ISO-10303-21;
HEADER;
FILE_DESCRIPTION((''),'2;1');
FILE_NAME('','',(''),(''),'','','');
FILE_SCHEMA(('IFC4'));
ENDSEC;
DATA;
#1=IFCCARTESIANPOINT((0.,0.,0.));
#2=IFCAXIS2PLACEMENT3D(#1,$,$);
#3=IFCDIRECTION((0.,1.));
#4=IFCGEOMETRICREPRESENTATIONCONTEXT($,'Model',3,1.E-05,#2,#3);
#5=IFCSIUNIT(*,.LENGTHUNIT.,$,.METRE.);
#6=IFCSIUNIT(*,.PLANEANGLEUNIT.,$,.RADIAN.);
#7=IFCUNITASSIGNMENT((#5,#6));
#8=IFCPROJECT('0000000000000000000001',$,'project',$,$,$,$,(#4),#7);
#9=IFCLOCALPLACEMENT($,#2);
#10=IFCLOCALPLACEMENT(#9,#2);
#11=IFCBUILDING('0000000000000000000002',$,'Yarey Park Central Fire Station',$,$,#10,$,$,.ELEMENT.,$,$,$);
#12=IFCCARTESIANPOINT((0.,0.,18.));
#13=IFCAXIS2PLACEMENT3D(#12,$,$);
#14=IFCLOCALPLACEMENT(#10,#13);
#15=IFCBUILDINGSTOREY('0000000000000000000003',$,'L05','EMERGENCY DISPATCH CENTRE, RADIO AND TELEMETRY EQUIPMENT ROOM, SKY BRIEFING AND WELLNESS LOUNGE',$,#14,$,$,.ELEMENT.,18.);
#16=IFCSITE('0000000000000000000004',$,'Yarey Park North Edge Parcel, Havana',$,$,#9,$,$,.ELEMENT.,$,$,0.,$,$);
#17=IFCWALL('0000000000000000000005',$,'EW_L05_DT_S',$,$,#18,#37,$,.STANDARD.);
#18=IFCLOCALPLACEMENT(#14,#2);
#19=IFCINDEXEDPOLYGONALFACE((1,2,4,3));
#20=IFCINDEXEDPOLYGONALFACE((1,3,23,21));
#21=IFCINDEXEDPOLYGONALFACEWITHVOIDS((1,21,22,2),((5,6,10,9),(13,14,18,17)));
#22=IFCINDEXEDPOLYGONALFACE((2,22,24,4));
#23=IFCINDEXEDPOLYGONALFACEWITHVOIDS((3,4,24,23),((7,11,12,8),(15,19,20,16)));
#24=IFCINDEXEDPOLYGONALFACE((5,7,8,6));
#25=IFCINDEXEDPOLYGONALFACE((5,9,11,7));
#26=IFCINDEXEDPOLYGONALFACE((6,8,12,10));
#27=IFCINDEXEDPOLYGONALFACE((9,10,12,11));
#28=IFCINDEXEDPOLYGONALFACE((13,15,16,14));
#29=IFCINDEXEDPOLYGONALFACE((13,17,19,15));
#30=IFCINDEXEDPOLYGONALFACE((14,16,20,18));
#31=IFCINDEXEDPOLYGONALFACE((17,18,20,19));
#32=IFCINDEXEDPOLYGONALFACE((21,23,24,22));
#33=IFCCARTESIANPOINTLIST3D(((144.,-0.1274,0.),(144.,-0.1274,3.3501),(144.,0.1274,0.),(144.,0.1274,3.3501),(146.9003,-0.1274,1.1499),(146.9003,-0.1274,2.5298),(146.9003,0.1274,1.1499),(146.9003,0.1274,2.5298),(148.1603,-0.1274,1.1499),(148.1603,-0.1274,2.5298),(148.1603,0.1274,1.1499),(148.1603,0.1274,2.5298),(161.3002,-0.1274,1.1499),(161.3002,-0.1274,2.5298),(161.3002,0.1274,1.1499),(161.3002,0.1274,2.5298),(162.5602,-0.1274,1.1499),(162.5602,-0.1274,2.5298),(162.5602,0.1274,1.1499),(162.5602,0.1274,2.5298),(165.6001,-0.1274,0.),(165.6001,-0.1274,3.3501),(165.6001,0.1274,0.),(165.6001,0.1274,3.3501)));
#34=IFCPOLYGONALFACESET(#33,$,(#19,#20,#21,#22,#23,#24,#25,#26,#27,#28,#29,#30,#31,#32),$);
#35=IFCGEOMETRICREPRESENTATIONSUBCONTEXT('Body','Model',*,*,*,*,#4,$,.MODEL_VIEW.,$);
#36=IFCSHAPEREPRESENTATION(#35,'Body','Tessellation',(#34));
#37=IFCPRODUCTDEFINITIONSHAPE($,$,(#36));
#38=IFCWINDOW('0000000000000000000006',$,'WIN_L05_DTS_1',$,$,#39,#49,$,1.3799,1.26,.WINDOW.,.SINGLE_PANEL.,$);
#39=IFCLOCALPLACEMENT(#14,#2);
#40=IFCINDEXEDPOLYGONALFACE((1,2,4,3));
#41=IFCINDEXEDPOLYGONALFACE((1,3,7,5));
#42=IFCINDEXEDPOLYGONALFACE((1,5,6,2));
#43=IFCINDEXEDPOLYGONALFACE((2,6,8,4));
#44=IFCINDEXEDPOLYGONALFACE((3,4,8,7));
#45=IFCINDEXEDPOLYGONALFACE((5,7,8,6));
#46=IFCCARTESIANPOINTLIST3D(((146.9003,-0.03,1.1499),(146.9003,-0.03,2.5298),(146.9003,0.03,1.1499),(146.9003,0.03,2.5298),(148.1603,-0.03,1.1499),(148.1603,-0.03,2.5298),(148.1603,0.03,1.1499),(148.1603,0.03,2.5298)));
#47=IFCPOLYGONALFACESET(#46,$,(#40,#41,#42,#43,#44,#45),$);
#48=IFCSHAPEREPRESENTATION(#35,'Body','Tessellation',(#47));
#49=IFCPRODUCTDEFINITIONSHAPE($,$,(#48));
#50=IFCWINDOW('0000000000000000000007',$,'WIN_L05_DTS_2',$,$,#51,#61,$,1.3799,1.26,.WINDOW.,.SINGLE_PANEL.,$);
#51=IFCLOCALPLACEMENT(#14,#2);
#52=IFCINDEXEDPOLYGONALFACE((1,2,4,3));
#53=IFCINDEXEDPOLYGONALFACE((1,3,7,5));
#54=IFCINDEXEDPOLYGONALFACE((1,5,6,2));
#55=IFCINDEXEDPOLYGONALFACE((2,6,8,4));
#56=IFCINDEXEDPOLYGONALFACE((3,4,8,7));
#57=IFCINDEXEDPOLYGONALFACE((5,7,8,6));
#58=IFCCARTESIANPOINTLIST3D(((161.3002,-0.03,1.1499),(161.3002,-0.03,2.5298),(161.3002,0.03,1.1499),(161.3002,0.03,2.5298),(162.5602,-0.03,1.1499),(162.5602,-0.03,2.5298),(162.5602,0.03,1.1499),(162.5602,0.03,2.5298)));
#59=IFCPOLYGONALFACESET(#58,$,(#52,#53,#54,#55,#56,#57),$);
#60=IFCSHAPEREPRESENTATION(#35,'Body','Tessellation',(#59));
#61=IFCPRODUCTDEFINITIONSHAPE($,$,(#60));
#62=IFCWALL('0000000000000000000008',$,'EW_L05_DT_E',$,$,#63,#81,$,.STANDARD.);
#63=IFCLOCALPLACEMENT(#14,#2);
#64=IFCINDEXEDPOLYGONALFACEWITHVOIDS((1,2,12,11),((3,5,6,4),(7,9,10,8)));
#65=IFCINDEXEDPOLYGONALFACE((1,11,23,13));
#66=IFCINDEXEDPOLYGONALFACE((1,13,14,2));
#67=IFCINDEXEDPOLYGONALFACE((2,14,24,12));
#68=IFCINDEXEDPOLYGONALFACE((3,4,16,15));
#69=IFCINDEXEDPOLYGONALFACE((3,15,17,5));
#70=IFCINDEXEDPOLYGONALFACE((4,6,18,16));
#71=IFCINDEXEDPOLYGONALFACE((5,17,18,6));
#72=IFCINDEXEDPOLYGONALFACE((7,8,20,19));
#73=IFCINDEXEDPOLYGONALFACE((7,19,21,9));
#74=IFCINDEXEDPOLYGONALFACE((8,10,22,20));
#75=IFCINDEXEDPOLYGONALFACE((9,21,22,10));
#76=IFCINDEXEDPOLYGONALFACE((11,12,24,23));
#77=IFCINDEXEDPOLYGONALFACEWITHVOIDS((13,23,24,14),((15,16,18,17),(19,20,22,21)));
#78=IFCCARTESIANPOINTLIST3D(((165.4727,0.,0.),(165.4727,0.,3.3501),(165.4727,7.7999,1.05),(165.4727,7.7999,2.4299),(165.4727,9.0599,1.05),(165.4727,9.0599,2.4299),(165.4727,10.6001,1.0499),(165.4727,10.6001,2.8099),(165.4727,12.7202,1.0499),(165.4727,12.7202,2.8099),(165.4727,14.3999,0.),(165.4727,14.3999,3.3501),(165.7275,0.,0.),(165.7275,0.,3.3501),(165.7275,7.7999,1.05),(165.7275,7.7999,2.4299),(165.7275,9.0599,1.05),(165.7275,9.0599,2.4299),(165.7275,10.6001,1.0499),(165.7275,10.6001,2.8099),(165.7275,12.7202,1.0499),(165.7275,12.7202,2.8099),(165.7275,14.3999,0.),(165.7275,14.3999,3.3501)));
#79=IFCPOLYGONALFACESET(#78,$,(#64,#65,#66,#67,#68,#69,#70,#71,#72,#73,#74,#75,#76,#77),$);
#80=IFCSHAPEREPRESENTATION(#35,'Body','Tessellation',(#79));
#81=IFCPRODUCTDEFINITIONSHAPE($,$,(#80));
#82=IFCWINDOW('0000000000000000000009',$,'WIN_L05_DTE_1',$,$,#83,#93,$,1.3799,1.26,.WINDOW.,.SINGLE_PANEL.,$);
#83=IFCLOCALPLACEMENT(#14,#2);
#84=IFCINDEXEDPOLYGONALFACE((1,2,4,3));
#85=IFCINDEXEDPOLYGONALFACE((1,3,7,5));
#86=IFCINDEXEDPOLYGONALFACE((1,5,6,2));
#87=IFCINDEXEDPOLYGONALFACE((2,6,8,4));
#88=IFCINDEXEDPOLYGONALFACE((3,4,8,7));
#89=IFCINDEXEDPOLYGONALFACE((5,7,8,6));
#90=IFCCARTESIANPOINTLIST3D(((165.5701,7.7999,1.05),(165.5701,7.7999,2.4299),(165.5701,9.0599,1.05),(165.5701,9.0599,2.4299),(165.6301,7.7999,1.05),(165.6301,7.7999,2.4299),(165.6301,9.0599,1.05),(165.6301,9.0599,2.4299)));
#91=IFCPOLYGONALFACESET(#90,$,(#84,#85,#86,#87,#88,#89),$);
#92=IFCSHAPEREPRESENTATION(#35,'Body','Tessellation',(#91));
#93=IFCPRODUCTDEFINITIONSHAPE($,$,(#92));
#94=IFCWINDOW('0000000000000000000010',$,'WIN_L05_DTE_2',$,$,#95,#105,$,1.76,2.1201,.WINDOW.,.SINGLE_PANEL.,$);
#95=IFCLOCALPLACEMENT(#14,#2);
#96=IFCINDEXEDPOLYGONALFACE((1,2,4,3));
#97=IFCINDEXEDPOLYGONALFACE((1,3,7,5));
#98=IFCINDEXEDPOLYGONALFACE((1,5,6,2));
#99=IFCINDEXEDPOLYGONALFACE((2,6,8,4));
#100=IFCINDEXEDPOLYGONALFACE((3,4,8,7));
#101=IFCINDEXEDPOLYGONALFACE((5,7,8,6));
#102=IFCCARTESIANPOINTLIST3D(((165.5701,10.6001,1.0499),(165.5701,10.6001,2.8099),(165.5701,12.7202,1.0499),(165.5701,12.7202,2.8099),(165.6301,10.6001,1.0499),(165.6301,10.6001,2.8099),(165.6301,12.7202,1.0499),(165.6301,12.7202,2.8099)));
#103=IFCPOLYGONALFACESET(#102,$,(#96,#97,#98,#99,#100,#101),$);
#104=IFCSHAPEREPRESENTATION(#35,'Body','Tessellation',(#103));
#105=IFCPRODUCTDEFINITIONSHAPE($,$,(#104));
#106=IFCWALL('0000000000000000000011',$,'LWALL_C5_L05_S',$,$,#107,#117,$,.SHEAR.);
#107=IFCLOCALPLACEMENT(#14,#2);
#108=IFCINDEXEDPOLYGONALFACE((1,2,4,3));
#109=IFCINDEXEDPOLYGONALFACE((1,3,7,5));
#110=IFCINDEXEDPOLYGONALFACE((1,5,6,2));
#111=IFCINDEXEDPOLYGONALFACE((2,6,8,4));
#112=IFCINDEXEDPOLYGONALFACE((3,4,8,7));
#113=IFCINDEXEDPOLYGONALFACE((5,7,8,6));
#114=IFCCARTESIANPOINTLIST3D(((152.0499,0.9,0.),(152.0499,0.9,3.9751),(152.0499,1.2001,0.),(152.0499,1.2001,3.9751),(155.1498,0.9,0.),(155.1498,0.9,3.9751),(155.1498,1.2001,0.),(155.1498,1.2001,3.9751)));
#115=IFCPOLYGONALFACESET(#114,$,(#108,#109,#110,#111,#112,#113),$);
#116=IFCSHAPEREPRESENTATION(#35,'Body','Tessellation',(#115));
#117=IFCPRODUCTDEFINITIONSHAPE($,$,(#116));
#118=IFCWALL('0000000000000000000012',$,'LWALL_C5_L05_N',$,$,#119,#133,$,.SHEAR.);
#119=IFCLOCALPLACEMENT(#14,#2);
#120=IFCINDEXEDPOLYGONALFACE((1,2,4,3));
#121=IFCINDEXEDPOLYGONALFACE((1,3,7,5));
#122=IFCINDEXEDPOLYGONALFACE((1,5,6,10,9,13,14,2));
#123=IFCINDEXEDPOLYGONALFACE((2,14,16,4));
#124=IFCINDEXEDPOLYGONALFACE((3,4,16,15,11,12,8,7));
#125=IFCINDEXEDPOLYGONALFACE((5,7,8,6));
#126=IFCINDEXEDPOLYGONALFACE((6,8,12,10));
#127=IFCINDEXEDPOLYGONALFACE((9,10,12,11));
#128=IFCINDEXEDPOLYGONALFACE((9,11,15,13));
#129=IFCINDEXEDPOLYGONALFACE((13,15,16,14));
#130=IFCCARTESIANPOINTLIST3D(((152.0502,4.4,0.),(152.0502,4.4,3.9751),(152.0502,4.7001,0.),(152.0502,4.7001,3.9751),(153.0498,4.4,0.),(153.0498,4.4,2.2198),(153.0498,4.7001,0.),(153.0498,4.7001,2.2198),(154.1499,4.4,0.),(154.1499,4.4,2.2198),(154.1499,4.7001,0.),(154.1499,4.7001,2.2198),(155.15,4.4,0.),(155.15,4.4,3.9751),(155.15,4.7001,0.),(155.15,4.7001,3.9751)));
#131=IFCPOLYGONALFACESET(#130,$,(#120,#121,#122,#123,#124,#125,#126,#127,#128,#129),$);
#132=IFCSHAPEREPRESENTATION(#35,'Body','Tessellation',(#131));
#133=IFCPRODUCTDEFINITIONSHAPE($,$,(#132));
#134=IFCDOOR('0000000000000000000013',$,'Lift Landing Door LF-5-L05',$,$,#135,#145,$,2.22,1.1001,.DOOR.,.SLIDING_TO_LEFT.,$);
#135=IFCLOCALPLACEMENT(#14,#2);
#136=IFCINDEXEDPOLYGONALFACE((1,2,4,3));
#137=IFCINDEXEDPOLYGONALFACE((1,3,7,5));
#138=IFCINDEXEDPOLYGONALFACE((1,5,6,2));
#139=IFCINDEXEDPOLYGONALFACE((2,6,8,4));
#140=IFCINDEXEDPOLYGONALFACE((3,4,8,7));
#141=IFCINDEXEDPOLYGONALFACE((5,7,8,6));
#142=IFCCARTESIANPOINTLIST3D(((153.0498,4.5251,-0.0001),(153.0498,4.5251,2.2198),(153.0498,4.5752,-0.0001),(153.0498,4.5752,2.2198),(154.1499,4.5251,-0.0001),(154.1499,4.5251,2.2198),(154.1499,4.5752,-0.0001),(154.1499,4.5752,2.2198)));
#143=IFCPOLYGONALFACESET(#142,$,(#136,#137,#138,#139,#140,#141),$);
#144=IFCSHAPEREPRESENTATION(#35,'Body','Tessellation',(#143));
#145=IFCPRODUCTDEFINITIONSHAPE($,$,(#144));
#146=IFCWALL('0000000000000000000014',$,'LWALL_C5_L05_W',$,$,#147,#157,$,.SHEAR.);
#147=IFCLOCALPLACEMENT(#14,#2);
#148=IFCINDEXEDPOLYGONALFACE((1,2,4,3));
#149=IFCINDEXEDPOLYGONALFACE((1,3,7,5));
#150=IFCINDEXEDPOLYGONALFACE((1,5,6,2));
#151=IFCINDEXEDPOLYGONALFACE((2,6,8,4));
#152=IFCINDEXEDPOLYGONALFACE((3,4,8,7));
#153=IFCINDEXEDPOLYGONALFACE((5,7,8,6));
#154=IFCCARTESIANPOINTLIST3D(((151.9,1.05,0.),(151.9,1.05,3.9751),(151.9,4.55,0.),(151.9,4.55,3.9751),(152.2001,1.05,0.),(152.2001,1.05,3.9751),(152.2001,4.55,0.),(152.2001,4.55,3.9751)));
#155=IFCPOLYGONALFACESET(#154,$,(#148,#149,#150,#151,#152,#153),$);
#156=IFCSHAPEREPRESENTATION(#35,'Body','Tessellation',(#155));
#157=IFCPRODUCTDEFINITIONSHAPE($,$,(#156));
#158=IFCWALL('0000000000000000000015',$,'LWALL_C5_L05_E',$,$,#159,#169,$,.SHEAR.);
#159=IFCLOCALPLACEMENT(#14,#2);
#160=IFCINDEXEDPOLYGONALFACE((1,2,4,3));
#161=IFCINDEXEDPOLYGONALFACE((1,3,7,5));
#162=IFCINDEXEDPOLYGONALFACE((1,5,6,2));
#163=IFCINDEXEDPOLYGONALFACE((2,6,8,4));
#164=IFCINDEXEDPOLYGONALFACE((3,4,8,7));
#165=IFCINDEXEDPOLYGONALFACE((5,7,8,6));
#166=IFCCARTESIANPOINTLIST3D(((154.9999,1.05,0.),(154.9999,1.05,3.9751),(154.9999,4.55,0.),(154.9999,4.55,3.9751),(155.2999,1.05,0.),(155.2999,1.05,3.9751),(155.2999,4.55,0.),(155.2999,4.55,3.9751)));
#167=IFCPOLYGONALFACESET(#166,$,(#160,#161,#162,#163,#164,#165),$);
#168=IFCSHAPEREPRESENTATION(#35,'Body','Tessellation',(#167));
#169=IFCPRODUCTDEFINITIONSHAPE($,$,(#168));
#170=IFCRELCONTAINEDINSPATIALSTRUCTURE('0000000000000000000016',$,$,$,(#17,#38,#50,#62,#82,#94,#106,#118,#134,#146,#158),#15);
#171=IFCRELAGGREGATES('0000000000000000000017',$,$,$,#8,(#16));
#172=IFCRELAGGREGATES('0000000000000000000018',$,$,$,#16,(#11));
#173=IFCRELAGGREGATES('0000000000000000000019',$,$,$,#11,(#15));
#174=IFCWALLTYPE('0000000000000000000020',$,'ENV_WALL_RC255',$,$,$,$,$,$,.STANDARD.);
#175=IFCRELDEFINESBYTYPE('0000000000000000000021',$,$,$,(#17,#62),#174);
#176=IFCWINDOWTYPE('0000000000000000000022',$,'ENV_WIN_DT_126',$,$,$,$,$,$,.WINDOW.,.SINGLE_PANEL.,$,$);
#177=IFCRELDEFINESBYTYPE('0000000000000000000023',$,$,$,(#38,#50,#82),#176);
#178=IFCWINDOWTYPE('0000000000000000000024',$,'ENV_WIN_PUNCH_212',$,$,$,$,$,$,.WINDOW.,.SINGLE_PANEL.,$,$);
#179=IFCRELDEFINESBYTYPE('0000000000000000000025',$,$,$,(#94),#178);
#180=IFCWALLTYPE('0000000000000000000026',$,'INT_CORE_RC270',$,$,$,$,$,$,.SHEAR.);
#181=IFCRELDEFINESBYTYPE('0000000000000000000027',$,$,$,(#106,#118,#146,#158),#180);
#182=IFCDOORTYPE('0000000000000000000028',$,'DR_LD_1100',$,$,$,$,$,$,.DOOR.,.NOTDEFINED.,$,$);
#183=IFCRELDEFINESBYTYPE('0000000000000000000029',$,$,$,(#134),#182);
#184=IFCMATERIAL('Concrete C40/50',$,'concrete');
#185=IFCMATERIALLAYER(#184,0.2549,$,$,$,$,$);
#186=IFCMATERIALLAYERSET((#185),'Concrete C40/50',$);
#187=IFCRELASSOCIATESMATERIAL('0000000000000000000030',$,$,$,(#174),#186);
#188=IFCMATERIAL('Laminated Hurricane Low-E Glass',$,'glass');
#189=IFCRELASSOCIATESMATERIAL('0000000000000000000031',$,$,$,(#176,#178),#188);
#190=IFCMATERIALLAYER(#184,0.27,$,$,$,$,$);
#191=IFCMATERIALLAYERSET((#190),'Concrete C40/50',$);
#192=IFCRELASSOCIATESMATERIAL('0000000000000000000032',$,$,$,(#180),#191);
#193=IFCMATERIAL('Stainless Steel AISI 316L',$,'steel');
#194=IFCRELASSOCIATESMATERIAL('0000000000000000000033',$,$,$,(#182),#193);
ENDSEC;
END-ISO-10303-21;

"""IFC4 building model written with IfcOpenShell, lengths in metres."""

from ifc_helpers import new_model, si_unit, direction, frame, frame_2d, origin, place, context, subcontext, project, spatial, rectangle, extrude, material, layer, layer_set, type_object, element, fill, save


model = new_model("IFC4")

# Units and contexts
model_context = context("Model", 3, precision=1e-05, world=origin(), true_north=direction((0.0, 1.0)))
body_context = subcontext(model_context, "Body", "Model", "MODEL_VIEW")
ifc_project = project(units=[si_unit("LENGTHUNIT", "METRE"), si_unit("PLANEANGLEUNIT", "RADIAN")], contexts=[model_context])

# Site, building, storey
site_placement = place(None, origin())
site = spatial("IfcSite", under=ifc_project, at=site_placement, Name="Yarey Park North Edge Parcel, Havana", CompositionType="ELEMENT", RefElevation=0.0)
building_placement = place(site_placement, origin())
building = spatial("IfcBuilding", under=site, at=building_placement, Name="Yarey Park Central Fire Station", CompositionType="ELEMENT")
storey_placement = place(building_placement, frame((0.0, 0.0, 18.0)))
storey = spatial("IfcBuildingStorey", under=building, at=storey_placement, Name="L05", Description="EMERGENCY DISPATCH CENTRE, RADIO AND TELEMETRY EQUIPMENT ROOM, SKY BRIEFING AND WELLNESS LOUNGE", CompositionType="ELEMENT", Elevation=18.0)

# Walls, openings, windows
ifc_material_1 = material(Name="Concrete C40/50", Category="concrete")
ifc_layer_1 = layer(ifc_material_1, 0.2549)
ifc_layer_set_1 = layer_set([ifc_layer_1], Name="Concrete C40/50")
wall_type_1 = type_object("IfcWallType", Name="ENV_WALL_RC255", PredefinedType="STANDARD", material=ifc_layer_set_1)
wall_1_placement = place(storey_placement, frame((165.6001, 0.0, 0.0), z_axis=(0.0, 0.0, 1.0), x_axis=(-1.0, 0.0, 0.0)))
wall_1 = element("IfcWall", 1, at=wall_1_placement, inside=storey, type_object=wall_type_1, Name="EW_L05_DT_S", PredefinedType="STANDARD", context=body_context, shape_type="SweptSolid", body=[
    extrude(rectangle(XDim=21.6001, YDim=0.2549, at=frame_2d((10.8, 0.0))), origin(), (0.0, 0.0, 1.0), 3.3501),
])
opening_1_placement = place(wall_1_placement, frame((17.4399, 0.0, 1.1499)))
opening_1 = element("IfcOpeningElement", 2, at=opening_1_placement, cuts=wall_1, PredefinedType="OPENING", context=body_context, shape_type="SweptSolid", body=[
    extrude(rectangle(XDim=1.26, YDim=1.3799, at=frame_2d((0.6299, 0.6899))), frame((0.0, 0.1375, 0.0), z_axis=(0.0, -1.0, 0.0), x_axis=(1.0, 0.0, 0.0)), (0.0, 0.0, 1.0), 0.2749),
])
opening_2_placement = place(wall_1_placement, frame((3.04, 0.0, 1.1499)))
opening_2 = element("IfcOpeningElement", 3, at=opening_2_placement, cuts=wall_1, PredefinedType="OPENING", context=body_context, shape_type="SweptSolid", body=[
    extrude(rectangle(XDim=1.26, YDim=1.3799, at=frame_2d((0.6299, 0.6899))), frame((0.0, 0.1375, 0.0), z_axis=(0.0, -1.0, 0.0), x_axis=(1.0, 0.0, 0.0)), (0.0, 0.0, 1.0), 0.2749),
])
ifc_material_2 = material(Name="Laminated Hurricane Low-E Glass", Category="glass")
window_type_1 = type_object("IfcWindowType", Name="ENV_WIN_DT_126", PartitioningType="SINGLE_PANEL", PredefinedType="WINDOW", material=ifc_material_2)
window_1_placement = place(opening_1_placement, origin())
window_1 = element("IfcWindow", 4, at=window_1_placement, inside=storey, type_object=window_type_1, Name="WIN_L05_DTS_1", OverallHeight=1.3799, OverallWidth=1.26, PartitioningType="SINGLE_PANEL", PredefinedType="WINDOW", context=body_context, shape_type="SweptSolid", body=[
    extrude(rectangle(XDim=1.26, YDim=1.3799, at=frame_2d((0.6299, 0.6899))), frame((0.0, 0.03, 0.0), z_axis=(0.0, -1.0, 0.0), x_axis=(1.0, 0.0, 0.0)), (0.0, 0.0, 1.0), 0.0601),
])
fill(opening_1, window_1)
window_2_placement = place(opening_2_placement, origin())
window_2 = element("IfcWindow", 5, at=window_2_placement, inside=storey, type_object=window_type_1, Name="WIN_L05_DTS_2", OverallHeight=1.3799, OverallWidth=1.26, PartitioningType="SINGLE_PANEL", PredefinedType="WINDOW", context=body_context, shape_type="SweptSolid", body=[
    extrude(rectangle(XDim=1.26, YDim=1.3799, at=frame_2d((0.6299, 0.6899))), frame((0.0, 0.03, 0.0), z_axis=(0.0, -1.0, 0.0), x_axis=(1.0, 0.0, 0.0)), (0.0, 0.0, 1.0), 0.0601),
])
fill(opening_2, window_2)
wall_2_placement = place(storey_placement, frame((165.6001, 0.0, 0.0), z_axis=(0.0, 0.0, 1.0), x_axis=(0.0, 1.0, 0.0)))
wall_2 = element("IfcWall", 6, at=wall_2_placement, inside=storey, type_object=wall_type_1, Name="EW_L05_DT_E", PredefinedType="STANDARD", context=body_context, shape_type="SweptSolid", body=[
    extrude(rectangle(XDim=14.3999, YDim=0.2549, at=frame_2d((7.2, 0.0))), origin(), (0.0, 0.0, 1.0), 3.3501),
])
opening_3_placement = place(wall_2_placement, frame((7.8, 0.0, 1.05)))
opening_3 = element("IfcOpeningElement", 7, at=opening_3_placement, cuts=wall_2, PredefinedType="OPENING", context=body_context, shape_type="SweptSolid", body=[
    extrude(rectangle(XDim=1.26, YDim=1.3799, at=frame_2d((0.6299, 0.6899))), frame((0.0, 0.1375, 0.0), z_axis=(0.0, -1.0, 0.0), x_axis=(1.0, 0.0, 0.0)), (0.0, 0.0, 1.0), 0.2749),
])
opening_4_placement = place(wall_2_placement, frame((10.6001, 0.0, 1.05)))
opening_4 = element("IfcOpeningElement", 8, at=opening_4_placement, cuts=wall_2, PredefinedType="OPENING", context=body_context, shape_type="SweptSolid", body=[
    extrude(rectangle(XDim=2.1201, YDim=1.76, at=frame_2d((1.0601, 0.8799))), frame((0.0, 0.1375, 0.0), z_axis=(0.0, -1.0, 0.0), x_axis=(1.0, 0.0, 0.0)), (0.0, 0.0, 1.0), 0.2749),
])
window_3_placement = place(opening_3_placement, origin())
window_3 = element("IfcWindow", 9, at=window_3_placement, inside=storey, type_object=window_type_1, Name="WIN_L05_DTE_1", OverallHeight=1.3799, OverallWidth=1.26, PartitioningType="SINGLE_PANEL", PredefinedType="WINDOW", context=body_context, shape_type="SweptSolid", body=[
    extrude(rectangle(XDim=1.26, YDim=1.3799, at=frame_2d((0.6299, 0.6899))), frame((0.0, 0.03, 0.0), z_axis=(0.0, -1.0, 0.0), x_axis=(1.0, 0.0, 0.0)), (0.0, 0.0, 1.0), 0.0601),
])
fill(opening_3, window_3)
window_type_2 = type_object("IfcWindowType", Name="ENV_WIN_PUNCH_212", PartitioningType="SINGLE_PANEL", PredefinedType="WINDOW", material=ifc_material_2)
window_4_placement = place(opening_4_placement, origin())
window_4 = element("IfcWindow", 10, at=window_4_placement, inside=storey, type_object=window_type_2, Name="WIN_L05_DTE_2", OverallHeight=1.76, OverallWidth=2.1201, PartitioningType="SINGLE_PANEL", PredefinedType="WINDOW", context=body_context, shape_type="SweptSolid", body=[
    extrude(rectangle(XDim=2.1201, YDim=1.76, at=frame_2d((1.0601, 0.8799))), frame((0.0, 0.03, 0.0), z_axis=(0.0, -1.0, 0.0), x_axis=(1.0, 0.0, 0.0)), (0.0, 0.0, 1.0), 0.0601),
])
fill(opening_4, window_4)

# Wall
ifc_layer_2 = layer(ifc_material_1, 0.27)
ifc_layer_set_2 = layer_set([ifc_layer_2], Name="Concrete C40/50")
wall_type_2 = type_object("IfcWallType", Name="INT_CORE_RC270", PredefinedType="SHEAR", material=ifc_layer_set_2)
wall_3_placement = place(storey_placement, frame((152.05, 1.05, 0.0), z_axis=(0.0, 0.0, 1.0), x_axis=(1.0, 0.0, 0.0)))
element("IfcWall", 11, at=wall_3_placement, inside=storey, type_object=wall_type_2, Name="LWALL_C5_L05_S", PredefinedType="SHEAR", context=body_context, shape_type="SweptSolid", body=[
    extrude(rectangle(XDim=3.0999, YDim=0.3, at=frame_2d((1.5498, 0.0))), origin(), (0.0, 0.0, 1.0), 3.9751),
])

# Wall, opening, door
wall_4_placement = place(storey_placement, frame((155.1499, 4.55, 0.0), z_axis=(0.0, 0.0, 1.0), x_axis=(-1.0, 0.0, 0.0)))
wall_4 = element("IfcWall", 12, at=wall_4_placement, inside=storey, type_object=wall_type_2, Name="LWALL_C5_L05_N", PredefinedType="SHEAR", context=body_context, shape_type="SweptSolid", body=[
    extrude(rectangle(XDim=3.0999, YDim=0.3, at=frame_2d((1.5498, 0.0))), origin(), (0.0, 0.0, 1.0), 3.9751),
])
opening_5_placement = place(wall_4_placement, frame((1.0, 0.0, 0.0)))
opening_5 = element("IfcOpeningElement", 13, at=opening_5_placement, cuts=wall_4, PredefinedType="OPENING", context=body_context, shape_type="SweptSolid", body=[
    extrude(rectangle(XDim=1.1001, YDim=2.22, at=frame_2d((0.55, 1.1099))), frame((0.0, 0.1599, 0.0), z_axis=(0.0, -1.0, 0.0), x_axis=(1.0, 0.0, 0.0)), (0.0, 0.0, 1.0), 0.3201),
])
ifc_material_3 = material(Name="Stainless Steel AISI 316L", Category="steel")
door_type = type_object("IfcDoorType", Name="DR_LD_1100", OperationType="NOTDEFINED", PredefinedType="DOOR", material=ifc_material_3)
door_placement = place(opening_5_placement, origin())
door = element("IfcDoor", 14, at=door_placement, inside=storey, type_object=door_type, Name="Lift Landing Door LF-5-L05", OperationType="SLIDING_TO_LEFT", OverallHeight=2.22, OverallWidth=1.1001, PredefinedType="DOOR", context=body_context, shape_type="SweptSolid", body=[
    extrude(rectangle(XDim=1.1001, YDim=2.22, at=frame_2d((0.55, 1.1099))), frame((0.0, 0.0249, 0.0), z_axis=(0.0, -1.0, 0.0), x_axis=(1.0, 0.0, 0.0)), (0.0, 0.0, 1.0), 0.05),
])
fill(opening_5, door)

# Walls
for number, where, z_axis, x_axis, name in (
    (15, (152.05, 4.55, 0.0), (0.0, 0.0, 1.0), (0.0, -1.0, 0.0), "LWALL_C5_L05_W"),
    (16, (155.1499, 1.05, 0.0), (0.0, 0.0, 1.0), (0.0, 1.0, 0.0), "LWALL_C5_L05_E"),
):
    element("IfcWall", number, at=place(storey_placement, frame(where, z_axis=z_axis, x_axis=x_axis)), inside=storey, type_object=wall_type_2, Name=name, PredefinedType="SHEAR", context=body_context, shape_type="SweptSolid", body=[
        extrude(rectangle(XDim=3.5, YDim=0.3, at=frame_2d((1.75, 0.0))), origin(), (0.0, 0.0, 1.0), 3.9751),
    ])

save(model, "model.ifc")
